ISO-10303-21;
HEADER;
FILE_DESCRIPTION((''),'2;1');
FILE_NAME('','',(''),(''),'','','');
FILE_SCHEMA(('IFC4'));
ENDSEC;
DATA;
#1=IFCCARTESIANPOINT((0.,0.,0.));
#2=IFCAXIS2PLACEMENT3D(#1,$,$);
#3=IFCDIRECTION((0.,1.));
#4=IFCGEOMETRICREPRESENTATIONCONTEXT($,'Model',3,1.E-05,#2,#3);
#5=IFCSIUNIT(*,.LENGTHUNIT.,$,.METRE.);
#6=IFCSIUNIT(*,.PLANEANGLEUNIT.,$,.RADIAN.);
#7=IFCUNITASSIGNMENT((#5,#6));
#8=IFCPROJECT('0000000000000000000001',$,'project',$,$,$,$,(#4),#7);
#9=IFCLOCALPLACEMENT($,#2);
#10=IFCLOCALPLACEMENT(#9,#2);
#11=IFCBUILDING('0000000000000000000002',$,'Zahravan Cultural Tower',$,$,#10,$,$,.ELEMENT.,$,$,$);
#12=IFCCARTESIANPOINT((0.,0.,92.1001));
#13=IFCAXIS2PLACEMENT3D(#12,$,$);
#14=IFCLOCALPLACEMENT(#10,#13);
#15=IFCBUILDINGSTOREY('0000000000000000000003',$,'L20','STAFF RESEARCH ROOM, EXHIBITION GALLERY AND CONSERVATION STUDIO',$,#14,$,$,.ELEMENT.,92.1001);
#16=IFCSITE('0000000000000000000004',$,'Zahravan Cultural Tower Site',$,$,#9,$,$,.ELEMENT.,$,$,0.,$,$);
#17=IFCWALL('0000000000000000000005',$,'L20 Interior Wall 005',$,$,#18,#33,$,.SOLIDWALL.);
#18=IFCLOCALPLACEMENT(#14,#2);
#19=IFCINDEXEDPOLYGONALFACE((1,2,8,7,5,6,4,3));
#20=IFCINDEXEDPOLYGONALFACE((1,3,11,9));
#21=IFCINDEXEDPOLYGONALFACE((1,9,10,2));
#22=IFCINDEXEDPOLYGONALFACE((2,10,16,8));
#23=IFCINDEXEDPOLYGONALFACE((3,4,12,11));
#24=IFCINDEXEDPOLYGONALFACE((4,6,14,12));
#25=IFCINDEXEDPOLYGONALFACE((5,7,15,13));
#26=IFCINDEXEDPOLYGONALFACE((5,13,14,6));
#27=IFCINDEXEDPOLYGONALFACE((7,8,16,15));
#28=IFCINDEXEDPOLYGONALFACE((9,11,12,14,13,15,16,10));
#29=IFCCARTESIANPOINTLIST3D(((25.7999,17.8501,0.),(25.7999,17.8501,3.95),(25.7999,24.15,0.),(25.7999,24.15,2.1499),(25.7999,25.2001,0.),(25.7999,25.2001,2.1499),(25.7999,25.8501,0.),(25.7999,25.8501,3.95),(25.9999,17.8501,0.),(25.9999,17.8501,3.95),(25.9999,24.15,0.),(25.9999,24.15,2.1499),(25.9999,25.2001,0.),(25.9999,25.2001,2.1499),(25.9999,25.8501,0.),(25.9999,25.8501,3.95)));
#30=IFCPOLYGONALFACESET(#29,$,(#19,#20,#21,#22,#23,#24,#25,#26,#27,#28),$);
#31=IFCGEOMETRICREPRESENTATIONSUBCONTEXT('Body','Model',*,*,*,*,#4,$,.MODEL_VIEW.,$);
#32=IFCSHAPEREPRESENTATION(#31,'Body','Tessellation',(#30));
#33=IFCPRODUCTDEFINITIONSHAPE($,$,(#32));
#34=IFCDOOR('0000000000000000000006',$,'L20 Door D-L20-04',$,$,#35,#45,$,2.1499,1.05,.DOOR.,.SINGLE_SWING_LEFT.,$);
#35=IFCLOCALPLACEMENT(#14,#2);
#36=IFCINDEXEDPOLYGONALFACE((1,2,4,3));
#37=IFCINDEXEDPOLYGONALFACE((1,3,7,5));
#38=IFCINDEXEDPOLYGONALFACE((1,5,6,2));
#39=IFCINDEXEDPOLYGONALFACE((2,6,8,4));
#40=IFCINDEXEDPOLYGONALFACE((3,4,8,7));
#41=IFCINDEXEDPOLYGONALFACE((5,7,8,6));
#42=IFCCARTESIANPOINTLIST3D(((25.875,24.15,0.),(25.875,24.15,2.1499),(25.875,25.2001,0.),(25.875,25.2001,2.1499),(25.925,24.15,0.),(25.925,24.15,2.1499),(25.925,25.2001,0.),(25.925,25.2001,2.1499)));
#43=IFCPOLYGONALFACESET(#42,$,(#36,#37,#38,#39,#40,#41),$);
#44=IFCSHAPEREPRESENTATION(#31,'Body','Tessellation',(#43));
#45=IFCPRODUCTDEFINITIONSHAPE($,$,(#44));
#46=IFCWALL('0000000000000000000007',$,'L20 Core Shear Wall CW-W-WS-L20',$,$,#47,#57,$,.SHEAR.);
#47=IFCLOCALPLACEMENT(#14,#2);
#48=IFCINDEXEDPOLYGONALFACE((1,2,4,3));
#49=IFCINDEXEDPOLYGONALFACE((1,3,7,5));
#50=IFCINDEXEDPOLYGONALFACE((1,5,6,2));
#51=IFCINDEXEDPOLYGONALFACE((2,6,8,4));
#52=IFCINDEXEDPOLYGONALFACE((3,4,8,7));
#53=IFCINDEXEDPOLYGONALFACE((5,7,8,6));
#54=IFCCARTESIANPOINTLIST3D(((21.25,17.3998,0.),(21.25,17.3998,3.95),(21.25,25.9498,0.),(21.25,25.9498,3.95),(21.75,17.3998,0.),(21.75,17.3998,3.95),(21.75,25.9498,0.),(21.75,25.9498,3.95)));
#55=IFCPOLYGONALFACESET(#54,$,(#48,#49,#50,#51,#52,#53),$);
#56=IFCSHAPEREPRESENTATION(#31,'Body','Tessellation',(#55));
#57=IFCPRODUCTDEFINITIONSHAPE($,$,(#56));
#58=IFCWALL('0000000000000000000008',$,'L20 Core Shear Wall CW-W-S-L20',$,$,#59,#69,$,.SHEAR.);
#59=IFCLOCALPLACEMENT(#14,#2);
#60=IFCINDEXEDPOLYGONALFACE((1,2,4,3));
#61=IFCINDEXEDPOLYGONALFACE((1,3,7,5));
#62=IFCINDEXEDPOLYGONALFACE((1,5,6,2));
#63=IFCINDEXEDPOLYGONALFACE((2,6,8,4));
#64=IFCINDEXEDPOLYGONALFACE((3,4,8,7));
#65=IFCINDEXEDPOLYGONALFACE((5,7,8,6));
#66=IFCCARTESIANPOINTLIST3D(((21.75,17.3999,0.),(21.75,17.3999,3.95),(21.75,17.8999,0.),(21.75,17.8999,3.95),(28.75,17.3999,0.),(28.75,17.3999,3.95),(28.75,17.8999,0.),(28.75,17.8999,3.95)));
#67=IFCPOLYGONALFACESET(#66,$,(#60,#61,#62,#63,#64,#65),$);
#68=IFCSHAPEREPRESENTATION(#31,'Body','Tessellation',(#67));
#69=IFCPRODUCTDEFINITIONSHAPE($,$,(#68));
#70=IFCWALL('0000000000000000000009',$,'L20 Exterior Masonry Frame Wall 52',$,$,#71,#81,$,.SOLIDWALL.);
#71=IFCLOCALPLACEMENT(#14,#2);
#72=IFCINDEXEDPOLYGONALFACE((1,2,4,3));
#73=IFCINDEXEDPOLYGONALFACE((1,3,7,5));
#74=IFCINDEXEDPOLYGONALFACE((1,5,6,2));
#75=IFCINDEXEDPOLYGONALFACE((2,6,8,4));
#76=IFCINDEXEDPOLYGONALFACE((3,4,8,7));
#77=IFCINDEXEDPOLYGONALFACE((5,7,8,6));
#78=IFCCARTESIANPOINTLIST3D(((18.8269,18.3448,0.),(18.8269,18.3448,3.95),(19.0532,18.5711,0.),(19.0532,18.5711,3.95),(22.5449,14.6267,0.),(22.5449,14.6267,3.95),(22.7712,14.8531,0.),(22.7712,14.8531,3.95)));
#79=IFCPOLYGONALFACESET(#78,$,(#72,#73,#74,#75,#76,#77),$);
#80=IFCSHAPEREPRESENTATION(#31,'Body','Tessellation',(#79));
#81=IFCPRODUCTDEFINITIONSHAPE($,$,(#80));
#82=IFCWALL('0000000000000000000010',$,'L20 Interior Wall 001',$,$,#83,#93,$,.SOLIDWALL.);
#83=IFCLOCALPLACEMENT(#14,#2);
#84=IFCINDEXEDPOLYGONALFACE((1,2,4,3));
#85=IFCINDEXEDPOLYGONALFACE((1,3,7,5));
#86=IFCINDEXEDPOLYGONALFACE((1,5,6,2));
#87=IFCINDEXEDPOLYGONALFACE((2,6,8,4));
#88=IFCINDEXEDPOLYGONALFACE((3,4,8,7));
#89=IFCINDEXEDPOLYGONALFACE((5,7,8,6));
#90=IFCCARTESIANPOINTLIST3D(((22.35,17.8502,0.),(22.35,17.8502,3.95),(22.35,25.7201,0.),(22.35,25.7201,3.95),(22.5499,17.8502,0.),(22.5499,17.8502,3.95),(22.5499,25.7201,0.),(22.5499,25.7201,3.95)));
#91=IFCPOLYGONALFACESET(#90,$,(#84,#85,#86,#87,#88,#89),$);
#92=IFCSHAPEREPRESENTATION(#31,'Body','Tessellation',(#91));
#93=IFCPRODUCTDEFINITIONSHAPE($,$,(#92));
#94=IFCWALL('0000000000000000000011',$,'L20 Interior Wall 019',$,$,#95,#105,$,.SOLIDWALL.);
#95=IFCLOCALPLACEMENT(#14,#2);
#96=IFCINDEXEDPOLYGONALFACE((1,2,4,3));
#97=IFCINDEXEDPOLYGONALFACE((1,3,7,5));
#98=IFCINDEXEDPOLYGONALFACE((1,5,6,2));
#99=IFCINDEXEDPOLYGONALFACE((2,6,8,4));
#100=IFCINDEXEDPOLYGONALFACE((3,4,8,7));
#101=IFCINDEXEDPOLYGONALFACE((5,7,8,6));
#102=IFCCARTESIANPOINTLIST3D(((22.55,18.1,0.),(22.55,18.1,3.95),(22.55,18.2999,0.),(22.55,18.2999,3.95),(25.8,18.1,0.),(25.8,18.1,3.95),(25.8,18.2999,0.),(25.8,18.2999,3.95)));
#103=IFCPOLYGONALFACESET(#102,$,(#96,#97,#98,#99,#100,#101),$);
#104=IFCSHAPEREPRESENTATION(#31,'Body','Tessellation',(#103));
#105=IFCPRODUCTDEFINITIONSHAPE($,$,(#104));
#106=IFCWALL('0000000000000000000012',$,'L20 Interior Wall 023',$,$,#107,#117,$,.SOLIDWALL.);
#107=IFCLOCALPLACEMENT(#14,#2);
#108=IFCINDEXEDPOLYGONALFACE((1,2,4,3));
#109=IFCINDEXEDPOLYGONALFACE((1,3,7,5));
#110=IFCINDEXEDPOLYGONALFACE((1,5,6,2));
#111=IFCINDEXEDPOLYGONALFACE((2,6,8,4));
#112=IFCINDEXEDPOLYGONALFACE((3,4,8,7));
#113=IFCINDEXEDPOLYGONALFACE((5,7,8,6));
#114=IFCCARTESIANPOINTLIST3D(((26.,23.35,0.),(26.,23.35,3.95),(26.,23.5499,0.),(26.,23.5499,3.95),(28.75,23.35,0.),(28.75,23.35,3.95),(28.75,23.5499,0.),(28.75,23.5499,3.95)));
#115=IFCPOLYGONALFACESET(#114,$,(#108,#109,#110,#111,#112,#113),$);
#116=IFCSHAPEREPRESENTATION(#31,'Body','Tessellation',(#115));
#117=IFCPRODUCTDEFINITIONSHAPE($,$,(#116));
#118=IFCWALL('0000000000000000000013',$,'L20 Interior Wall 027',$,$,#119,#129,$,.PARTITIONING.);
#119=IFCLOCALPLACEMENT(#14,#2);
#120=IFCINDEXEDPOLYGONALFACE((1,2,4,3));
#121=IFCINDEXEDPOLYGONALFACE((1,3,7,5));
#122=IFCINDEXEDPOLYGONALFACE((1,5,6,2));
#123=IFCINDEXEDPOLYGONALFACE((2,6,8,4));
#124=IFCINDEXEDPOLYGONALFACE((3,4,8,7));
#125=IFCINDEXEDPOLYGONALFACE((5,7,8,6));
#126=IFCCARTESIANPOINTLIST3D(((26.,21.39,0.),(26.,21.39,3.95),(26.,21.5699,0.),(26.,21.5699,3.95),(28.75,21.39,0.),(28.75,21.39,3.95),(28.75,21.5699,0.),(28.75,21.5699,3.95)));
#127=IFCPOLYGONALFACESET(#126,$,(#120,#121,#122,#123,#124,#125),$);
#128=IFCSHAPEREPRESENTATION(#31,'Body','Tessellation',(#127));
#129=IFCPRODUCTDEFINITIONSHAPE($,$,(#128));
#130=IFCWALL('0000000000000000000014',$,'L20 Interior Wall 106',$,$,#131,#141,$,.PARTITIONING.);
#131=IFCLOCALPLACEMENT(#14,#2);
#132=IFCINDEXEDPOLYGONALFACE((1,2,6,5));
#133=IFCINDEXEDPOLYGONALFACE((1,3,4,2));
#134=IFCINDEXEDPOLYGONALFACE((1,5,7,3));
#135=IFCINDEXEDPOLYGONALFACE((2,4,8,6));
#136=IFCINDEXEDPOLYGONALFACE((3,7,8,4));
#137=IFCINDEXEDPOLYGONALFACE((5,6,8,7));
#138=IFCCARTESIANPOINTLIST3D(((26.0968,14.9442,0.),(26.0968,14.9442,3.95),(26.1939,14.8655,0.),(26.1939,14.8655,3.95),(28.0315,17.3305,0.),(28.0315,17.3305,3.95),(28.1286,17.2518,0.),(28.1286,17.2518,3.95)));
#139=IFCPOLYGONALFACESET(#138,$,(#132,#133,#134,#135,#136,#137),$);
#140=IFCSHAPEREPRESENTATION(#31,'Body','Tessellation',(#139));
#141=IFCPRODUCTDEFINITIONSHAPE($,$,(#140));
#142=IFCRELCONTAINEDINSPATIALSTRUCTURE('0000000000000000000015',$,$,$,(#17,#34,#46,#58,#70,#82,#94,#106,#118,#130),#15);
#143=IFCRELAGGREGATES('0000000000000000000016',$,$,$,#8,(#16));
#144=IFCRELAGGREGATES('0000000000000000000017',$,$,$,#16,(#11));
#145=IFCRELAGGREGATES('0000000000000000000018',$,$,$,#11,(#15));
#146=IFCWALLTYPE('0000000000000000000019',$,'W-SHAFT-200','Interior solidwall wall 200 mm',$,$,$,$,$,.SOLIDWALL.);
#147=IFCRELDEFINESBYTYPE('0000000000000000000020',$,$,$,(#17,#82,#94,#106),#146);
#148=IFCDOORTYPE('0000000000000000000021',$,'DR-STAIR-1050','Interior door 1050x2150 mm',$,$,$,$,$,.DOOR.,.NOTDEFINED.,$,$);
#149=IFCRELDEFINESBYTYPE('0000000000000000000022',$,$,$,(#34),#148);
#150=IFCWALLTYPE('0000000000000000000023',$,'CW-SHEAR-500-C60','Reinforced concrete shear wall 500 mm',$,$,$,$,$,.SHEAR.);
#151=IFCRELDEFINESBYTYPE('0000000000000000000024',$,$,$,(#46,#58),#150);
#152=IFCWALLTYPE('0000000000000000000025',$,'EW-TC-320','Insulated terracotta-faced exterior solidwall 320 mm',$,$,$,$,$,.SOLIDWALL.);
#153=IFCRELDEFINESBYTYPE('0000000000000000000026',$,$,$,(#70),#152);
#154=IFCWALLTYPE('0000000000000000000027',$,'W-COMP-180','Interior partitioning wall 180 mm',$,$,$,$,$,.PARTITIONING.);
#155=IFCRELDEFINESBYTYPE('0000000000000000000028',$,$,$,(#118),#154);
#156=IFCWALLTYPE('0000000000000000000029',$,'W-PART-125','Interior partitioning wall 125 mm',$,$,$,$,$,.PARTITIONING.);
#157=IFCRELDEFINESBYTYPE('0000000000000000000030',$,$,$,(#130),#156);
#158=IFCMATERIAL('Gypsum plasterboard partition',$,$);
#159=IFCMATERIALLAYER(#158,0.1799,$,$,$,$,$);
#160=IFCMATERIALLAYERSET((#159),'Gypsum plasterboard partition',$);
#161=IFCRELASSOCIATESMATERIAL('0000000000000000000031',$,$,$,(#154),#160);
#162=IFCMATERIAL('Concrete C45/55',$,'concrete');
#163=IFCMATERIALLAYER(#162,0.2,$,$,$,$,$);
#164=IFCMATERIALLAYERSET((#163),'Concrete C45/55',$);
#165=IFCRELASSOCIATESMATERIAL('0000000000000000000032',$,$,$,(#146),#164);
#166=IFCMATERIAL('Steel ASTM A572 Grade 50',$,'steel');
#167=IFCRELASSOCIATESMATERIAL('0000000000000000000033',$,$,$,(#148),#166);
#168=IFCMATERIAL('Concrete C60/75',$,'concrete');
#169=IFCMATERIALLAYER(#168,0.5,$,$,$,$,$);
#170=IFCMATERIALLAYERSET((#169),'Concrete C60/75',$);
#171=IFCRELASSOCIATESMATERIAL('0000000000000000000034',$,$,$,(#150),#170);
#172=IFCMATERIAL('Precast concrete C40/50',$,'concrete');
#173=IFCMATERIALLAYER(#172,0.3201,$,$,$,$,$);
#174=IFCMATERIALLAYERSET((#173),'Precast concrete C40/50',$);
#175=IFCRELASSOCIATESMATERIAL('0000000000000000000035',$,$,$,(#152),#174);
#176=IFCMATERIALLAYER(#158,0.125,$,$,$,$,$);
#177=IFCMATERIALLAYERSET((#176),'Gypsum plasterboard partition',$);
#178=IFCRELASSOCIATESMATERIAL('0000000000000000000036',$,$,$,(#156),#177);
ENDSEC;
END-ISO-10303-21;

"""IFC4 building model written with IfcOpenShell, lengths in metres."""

from ifc_helpers import new_model, si_unit, direction, frame, frame_2d, origin, place, context, subcontext, project, spatial, rectangle, extrude, source, transform, mapped, material, layer, layer_set, type_object, element, fill, save


model = new_model("IFC4")

# Units and contexts
model_context = context("Model", 3, precision=1e-05, world=origin(), true_north=direction((0.0, 1.0)))
body_context = subcontext(model_context, "Body", "Model", "MODEL_VIEW")
ifc_project = project(units=[si_unit("LENGTHUNIT", "METRE"), si_unit("PLANEANGLEUNIT", "RADIAN")], contexts=[model_context])

# Site, building, storey
site_placement = place(None, origin())
site = spatial("IfcSite", under=ifc_project, at=site_placement, Name="Zahravan Cultural Tower Site", CompositionType="ELEMENT", RefElevation=0.0)
building_placement = place(site_placement, origin())
building = spatial("IfcBuilding", under=site, at=building_placement, Name="Zahravan Cultural Tower", CompositionType="ELEMENT")
storey_placement = place(building_placement, frame((0.0, 0.0, 92.1001)))
storey = spatial("IfcBuildingStorey", under=building, at=storey_placement, Name="L20", Description="STAFF RESEARCH ROOM, EXHIBITION GALLERY AND CONSERVATION STUDIO", CompositionType="ELEMENT", Elevation=92.1001)

# Shared definitions
ifc_material_1 = material(Name="Concrete C60/75", Category="concrete")

# Wall, opening, door
ifc_material_2 = material(Name="Gypsum plasterboard partition")
ifc_layer_1 = layer(ifc_material_2, 0.1799)
ifc_layer_set_1 = layer_set([ifc_layer_1], Name="Gypsum plasterboard partition")
wall_type_1 = type_object("IfcWallType", Name="W-COMP-180", Description="Interior partitioning wall 180 mm", PredefinedType="PARTITIONING", material=ifc_layer_set_1)
ifc_material_3 = material(Name="Steel ASTM A572 Grade 50", Category="steel")
ifc_material_4 = material(Name="Concrete C45/55", Category="concrete")
ifc_layer_2 = layer(ifc_material_4, 0.2)
ifc_layer_set_2 = layer_set([ifc_layer_2], Name="Concrete C45/55")
wall_type_2 = type_object("IfcWallType", Name="W-SHAFT-200", Description="Interior solidwall wall 200 mm", PredefinedType="SOLIDWALL", material=ifc_layer_set_2)
wall_1_placement = place(storey_placement, frame((25.8999, 17.8501, 0.0), z_axis=(0.0, 0.0, 1.0), x_axis=(0.0, 1.0, 0.0)))
wall_1 = element("IfcWall", 1, at=wall_1_placement, inside=storey, type_object=wall_type_2, Name="L20 Interior Wall 005", PredefinedType="SOLIDWALL", context=body_context, shape_type="SweptSolid", body=[
    extrude(rectangle(XDim=8.0, YDim=0.2, at=frame_2d((4.0, 0.0))), origin(), (0.0, 0.0, 1.0), 3.95),
])
opening_1_placement = place(wall_1_placement, frame((6.3, 0.0, 0.0)))
opening_1 = element("IfcOpeningElement", 2, at=opening_1_placement, cuts=wall_1, PredefinedType="OPENING", context=body_context, shape_type="SweptSolid", body=[
    extrude(rectangle(XDim=1.05, YDim=2.1499, at=frame_2d((0.5249, 1.075))), frame((0.0, 0.1099, 0.0), z_axis=(0.0, -1.0, 0.0), x_axis=(1.0, 0.0, 0.0)), (0.0, 0.0, 1.0), 0.22),
])
door_type_1 = type_object("IfcDoorType", Name="DR-STAIR-1050", Description="Interior door 1050x2150 mm", OperationType="NOTDEFINED", PredefinedType="DOOR", material=ifc_material_3)
shared_shape_1 = source(origin(), body_context, "Body", "SweptSolid", [
    extrude(rectangle(XDim=1.05, YDim=2.1499, at=frame_2d((0.5249, 1.075))), frame((0.0, 0.0249, 0.0), z_axis=(0.0, -1.0, 0.0), x_axis=(1.0, 0.0, 0.0)), (0.0, 0.0, 1.0), 0.05),
])
door_1_placement = place(opening_1_placement, origin())
door_1 = element("IfcDoor", 3, at=door_1_placement, inside=storey, type_object=door_type_1, Name="L20 Door D-L20-04", OperationType="SINGLE_SWING_LEFT", OverallHeight=2.1499, OverallWidth=1.05, PredefinedType="DOOR", context=body_context, shape_type="MappedRepresentation", body=[
    mapped(shared_shape_1, transform((0.0, 0.0, 0.0), x_axis=(1.0, 0.0, 0.0), y_axis=(0.0, 1.0, 0.0), z_axis=(0.0, 0.0, 1.0), scale=1.0)),
])
fill(opening_1, door_1)

# Walls
ifc_layer_3 = layer(ifc_material_1, 0.5)
ifc_layer_set_3 = layer_set([ifc_layer_3], Name="Concrete C60/75")
wall_type_3 = type_object("IfcWallType", Name="CW-SHEAR-500-C60", Description="Reinforced concrete shear wall 500 mm", PredefinedType="SHEAR", material=ifc_layer_set_3)
shared_shape_2 = source(origin(), body_context, "Body", "SweptSolid", [
    extrude(rectangle(XDim=8.55, YDim=0.5, at=frame_2d((4.2749, 0.0))), origin(), (0.0, 0.0, 1.0), 3.95),
])
wall_2_placement = place(storey_placement, frame((21.5, 17.3999, 0.0), z_axis=(0.0, 0.0, 1.0), x_axis=(0.0, 1.0, 0.0)))
element("IfcWall", 4, at=wall_2_placement, inside=storey, type_object=wall_type_3, Name="L20 Core Shear Wall CW-W-WS-L20", PredefinedType="SHEAR", context=body_context, shape_type="MappedRepresentation", body=[
    mapped(shared_shape_2, transform((0.0, 0.0, 0.0), x_axis=(1.0, 0.0, 0.0), y_axis=(0.0, 1.0, 0.0), z_axis=(0.0, 0.0, 1.0), scale=1.0)),
])
shared_shape_3 = source(origin(), body_context, "Body", "SweptSolid", [
    extrude(rectangle(XDim=7.0, YDim=0.5, at=frame_2d((3.5, 0.0))), origin(), (0.0, 0.0, 1.0), 3.95),
])
wall_3_placement = place(storey_placement, frame((21.75, 17.6499, 0.0), z_axis=(0.0, 0.0, 1.0), x_axis=(1.0, 0.0, 0.0)))
element("IfcWall", 5, at=wall_3_placement, inside=storey, type_object=wall_type_3, Name="L20 Core Shear Wall CW-W-S-L20", PredefinedType="SHEAR", context=body_context, shape_type="MappedRepresentation", body=[
    mapped(shared_shape_3, transform((0.0, 0.0, 0.0), x_axis=(1.0, 0.0, 0.0), y_axis=(0.0, 1.0, 0.0), z_axis=(0.0, 0.0, 1.0), scale=1.0)),
])
ifc_material_5 = material(Name="Precast concrete C40/50", Category="concrete")
ifc_layer_4 = layer(ifc_material_5, 0.3201)
ifc_layer_set_4 = layer_set([ifc_layer_4], Name="Precast concrete C40/50")
wall_type_4 = type_object("IfcWallType", Name="EW-TC-320", Description="Insulated terracotta-faced exterior solidwall 320 mm", PredefinedType="SOLIDWALL", material=ifc_layer_set_4)
shared_shape_4 = source(origin(), body_context, "Body", "SweptSolid", [
    extrude(rectangle(XDim=5.2581, YDim=0.3201, at=frame_2d((2.6289, 0.0))), origin(), (0.0, 0.0, 1.0), 3.95),
])
wall_4_placement = place(storey_placement, frame((22.658, 14.74, 0.0), z_axis=(0.0, 0.0, 1.0), x_axis=(-0.707107, 0.707107, 0.0)))
element("IfcWall", 6, at=wall_4_placement, inside=storey, type_object=wall_type_4, Name="L20 Exterior Masonry Frame Wall 52", PredefinedType="SOLIDWALL", context=body_context, shape_type="MappedRepresentation", body=[
    mapped(shared_shape_4, transform((0.0, 0.0, 0.0), x_axis=(1.0, 0.0, 0.0), y_axis=(0.0, 1.0, 0.0), z_axis=(0.0, 0.0, 1.0), scale=1.0)),
])
shared_shape_5 = source(origin(), body_context, "Body", "SweptSolid", [
    extrude(rectangle(XDim=7.8699, YDim=0.2, at=frame_2d((3.9351, 0.0))), origin(), (0.0, 0.0, 1.0), 3.95),
])
wall_5_placement = place(storey_placement, frame((22.45, 17.8501, 0.0), z_axis=(0.0, 0.0, 1.0), x_axis=(0.0, 1.0, 0.0)))
element("IfcWall", 7, at=wall_5_placement, inside=storey, type_object=wall_type_2, Name="L20 Interior Wall 001", PredefinedType="SOLIDWALL", context=body_context, shape_type="MappedRepresentation", body=[
    mapped(shared_shape_5, transform((0.0, 0.0, 0.0), x_axis=(1.0, 0.0, 0.0), y_axis=(0.0, 1.0, 0.0), z_axis=(0.0, 0.0, 1.0), scale=1.0)),
])
shared_shape_6 = source(origin(), body_context, "Body", "SweptSolid", [
    extrude(rectangle(XDim=3.25, YDim=0.2, at=frame_2d((1.625, 0.0))), origin(), (0.0, 0.0, 1.0), 3.95),
])
wall_6_placement = place(storey_placement, frame((22.55, 18.2, 0.0), z_axis=(0.0, 0.0, 1.0), x_axis=(1.0, 0.0, 0.0)))
element("IfcWall", 8, at=wall_6_placement, inside=storey, type_object=wall_type_2, Name="L20 Interior Wall 019", PredefinedType="SOLIDWALL", context=body_context, shape_type="MappedRepresentation", body=[
    mapped(shared_shape_6, transform((0.0, 0.0, 0.0), x_axis=(1.0, 0.0, 0.0), y_axis=(0.0, 1.0, 0.0), z_axis=(0.0, 0.0, 1.0), scale=1.0)),
])
shared_shape_7 = source(origin(), body_context, "Body", "SweptSolid", [
    extrude(rectangle(XDim=2.75, YDim=0.2, at=frame_2d((1.375, 0.0))), origin(), (0.0, 0.0, 1.0), 3.95),
])
wall_7_placement = place(storey_placement, frame((26.0, 23.45, 0.0), z_axis=(0.0, 0.0, 1.0), x_axis=(1.0, 0.0, 0.0)))
element("IfcWall", 9, at=wall_7_placement, inside=storey, type_object=wall_type_2, Name="L20 Interior Wall 023", PredefinedType="SOLIDWALL", context=body_context, shape_type="MappedRepresentation", body=[
    mapped(shared_shape_7, transform((0.0, 0.0, 0.0), x_axis=(1.0, 0.0, 0.0), y_axis=(0.0, 1.0, 0.0), z_axis=(0.0, 0.0, 1.0), scale=1.0)),
])
shared_shape_8 = source(origin(), body_context, "Body", "SweptSolid", [
    extrude(rectangle(XDim=2.75, YDim=0.1799, at=frame_2d((1.375, 0.0))), origin(), (0.0, 0.0, 1.0), 3.95),
])
wall_8_placement = place(storey_placement, frame((26.0, 21.48, 0.0), z_axis=(0.0, 0.0, 1.0), x_axis=(1.0, 0.0, 0.0)))
element("IfcWall", 10, at=wall_8_placement, inside=storey, type_object=wall_type_1, Name="L20 Interior Wall 027", PredefinedType="PARTITIONING", context=body_context, shape_type="MappedRepresentation", body=[
    mapped(shared_shape_8, transform((0.0, 0.0, 0.0), x_axis=(1.0, 0.0, 0.0), y_axis=(0.0, 1.0, 0.0), z_axis=(0.0, 0.0, 1.0), scale=1.0)),
])
ifc_layer_5 = layer(ifc_material_2, 0.125)
ifc_layer_set_5 = layer_set([ifc_layer_5], Name="Gypsum plasterboard partition")
wall_type_5 = type_object("IfcWallType", Name="W-PART-125", Description="Interior partitioning wall 125 mm", PredefinedType="PARTITIONING", material=ifc_layer_set_5)
shared_shape_9 = source(origin(), body_context, "Body", "SweptSolid", [
    extrude(rectangle(XDim=3.072, YDim=0.125, at=frame_2d((1.5361, 0.0))), origin(), (0.0, 0.0, 1.0), 3.95),
])
wall_9_placement = place(storey_placement, frame((28.0801, 17.2913, 0.0), z_axis=(0.0, 0.0, 1.0), x_axis=(-0.62976, -0.776789, 0.0)))
element("IfcWall", 11, at=wall_9_placement, inside=storey, type_object=wall_type_5, Name="L20 Interior Wall 106", PredefinedType="PARTITIONING", context=body_context, shape_type="MappedRepresentation", body=[
    mapped(shared_shape_9, transform((0.0, 0.0, 0.0), x_axis=(1.0, 0.0, 0.0), y_axis=(0.0, 1.0, 0.0), z_axis=(0.0, 0.0, 1.0), scale=1.0)),
])

save(model, "model.ifc")
